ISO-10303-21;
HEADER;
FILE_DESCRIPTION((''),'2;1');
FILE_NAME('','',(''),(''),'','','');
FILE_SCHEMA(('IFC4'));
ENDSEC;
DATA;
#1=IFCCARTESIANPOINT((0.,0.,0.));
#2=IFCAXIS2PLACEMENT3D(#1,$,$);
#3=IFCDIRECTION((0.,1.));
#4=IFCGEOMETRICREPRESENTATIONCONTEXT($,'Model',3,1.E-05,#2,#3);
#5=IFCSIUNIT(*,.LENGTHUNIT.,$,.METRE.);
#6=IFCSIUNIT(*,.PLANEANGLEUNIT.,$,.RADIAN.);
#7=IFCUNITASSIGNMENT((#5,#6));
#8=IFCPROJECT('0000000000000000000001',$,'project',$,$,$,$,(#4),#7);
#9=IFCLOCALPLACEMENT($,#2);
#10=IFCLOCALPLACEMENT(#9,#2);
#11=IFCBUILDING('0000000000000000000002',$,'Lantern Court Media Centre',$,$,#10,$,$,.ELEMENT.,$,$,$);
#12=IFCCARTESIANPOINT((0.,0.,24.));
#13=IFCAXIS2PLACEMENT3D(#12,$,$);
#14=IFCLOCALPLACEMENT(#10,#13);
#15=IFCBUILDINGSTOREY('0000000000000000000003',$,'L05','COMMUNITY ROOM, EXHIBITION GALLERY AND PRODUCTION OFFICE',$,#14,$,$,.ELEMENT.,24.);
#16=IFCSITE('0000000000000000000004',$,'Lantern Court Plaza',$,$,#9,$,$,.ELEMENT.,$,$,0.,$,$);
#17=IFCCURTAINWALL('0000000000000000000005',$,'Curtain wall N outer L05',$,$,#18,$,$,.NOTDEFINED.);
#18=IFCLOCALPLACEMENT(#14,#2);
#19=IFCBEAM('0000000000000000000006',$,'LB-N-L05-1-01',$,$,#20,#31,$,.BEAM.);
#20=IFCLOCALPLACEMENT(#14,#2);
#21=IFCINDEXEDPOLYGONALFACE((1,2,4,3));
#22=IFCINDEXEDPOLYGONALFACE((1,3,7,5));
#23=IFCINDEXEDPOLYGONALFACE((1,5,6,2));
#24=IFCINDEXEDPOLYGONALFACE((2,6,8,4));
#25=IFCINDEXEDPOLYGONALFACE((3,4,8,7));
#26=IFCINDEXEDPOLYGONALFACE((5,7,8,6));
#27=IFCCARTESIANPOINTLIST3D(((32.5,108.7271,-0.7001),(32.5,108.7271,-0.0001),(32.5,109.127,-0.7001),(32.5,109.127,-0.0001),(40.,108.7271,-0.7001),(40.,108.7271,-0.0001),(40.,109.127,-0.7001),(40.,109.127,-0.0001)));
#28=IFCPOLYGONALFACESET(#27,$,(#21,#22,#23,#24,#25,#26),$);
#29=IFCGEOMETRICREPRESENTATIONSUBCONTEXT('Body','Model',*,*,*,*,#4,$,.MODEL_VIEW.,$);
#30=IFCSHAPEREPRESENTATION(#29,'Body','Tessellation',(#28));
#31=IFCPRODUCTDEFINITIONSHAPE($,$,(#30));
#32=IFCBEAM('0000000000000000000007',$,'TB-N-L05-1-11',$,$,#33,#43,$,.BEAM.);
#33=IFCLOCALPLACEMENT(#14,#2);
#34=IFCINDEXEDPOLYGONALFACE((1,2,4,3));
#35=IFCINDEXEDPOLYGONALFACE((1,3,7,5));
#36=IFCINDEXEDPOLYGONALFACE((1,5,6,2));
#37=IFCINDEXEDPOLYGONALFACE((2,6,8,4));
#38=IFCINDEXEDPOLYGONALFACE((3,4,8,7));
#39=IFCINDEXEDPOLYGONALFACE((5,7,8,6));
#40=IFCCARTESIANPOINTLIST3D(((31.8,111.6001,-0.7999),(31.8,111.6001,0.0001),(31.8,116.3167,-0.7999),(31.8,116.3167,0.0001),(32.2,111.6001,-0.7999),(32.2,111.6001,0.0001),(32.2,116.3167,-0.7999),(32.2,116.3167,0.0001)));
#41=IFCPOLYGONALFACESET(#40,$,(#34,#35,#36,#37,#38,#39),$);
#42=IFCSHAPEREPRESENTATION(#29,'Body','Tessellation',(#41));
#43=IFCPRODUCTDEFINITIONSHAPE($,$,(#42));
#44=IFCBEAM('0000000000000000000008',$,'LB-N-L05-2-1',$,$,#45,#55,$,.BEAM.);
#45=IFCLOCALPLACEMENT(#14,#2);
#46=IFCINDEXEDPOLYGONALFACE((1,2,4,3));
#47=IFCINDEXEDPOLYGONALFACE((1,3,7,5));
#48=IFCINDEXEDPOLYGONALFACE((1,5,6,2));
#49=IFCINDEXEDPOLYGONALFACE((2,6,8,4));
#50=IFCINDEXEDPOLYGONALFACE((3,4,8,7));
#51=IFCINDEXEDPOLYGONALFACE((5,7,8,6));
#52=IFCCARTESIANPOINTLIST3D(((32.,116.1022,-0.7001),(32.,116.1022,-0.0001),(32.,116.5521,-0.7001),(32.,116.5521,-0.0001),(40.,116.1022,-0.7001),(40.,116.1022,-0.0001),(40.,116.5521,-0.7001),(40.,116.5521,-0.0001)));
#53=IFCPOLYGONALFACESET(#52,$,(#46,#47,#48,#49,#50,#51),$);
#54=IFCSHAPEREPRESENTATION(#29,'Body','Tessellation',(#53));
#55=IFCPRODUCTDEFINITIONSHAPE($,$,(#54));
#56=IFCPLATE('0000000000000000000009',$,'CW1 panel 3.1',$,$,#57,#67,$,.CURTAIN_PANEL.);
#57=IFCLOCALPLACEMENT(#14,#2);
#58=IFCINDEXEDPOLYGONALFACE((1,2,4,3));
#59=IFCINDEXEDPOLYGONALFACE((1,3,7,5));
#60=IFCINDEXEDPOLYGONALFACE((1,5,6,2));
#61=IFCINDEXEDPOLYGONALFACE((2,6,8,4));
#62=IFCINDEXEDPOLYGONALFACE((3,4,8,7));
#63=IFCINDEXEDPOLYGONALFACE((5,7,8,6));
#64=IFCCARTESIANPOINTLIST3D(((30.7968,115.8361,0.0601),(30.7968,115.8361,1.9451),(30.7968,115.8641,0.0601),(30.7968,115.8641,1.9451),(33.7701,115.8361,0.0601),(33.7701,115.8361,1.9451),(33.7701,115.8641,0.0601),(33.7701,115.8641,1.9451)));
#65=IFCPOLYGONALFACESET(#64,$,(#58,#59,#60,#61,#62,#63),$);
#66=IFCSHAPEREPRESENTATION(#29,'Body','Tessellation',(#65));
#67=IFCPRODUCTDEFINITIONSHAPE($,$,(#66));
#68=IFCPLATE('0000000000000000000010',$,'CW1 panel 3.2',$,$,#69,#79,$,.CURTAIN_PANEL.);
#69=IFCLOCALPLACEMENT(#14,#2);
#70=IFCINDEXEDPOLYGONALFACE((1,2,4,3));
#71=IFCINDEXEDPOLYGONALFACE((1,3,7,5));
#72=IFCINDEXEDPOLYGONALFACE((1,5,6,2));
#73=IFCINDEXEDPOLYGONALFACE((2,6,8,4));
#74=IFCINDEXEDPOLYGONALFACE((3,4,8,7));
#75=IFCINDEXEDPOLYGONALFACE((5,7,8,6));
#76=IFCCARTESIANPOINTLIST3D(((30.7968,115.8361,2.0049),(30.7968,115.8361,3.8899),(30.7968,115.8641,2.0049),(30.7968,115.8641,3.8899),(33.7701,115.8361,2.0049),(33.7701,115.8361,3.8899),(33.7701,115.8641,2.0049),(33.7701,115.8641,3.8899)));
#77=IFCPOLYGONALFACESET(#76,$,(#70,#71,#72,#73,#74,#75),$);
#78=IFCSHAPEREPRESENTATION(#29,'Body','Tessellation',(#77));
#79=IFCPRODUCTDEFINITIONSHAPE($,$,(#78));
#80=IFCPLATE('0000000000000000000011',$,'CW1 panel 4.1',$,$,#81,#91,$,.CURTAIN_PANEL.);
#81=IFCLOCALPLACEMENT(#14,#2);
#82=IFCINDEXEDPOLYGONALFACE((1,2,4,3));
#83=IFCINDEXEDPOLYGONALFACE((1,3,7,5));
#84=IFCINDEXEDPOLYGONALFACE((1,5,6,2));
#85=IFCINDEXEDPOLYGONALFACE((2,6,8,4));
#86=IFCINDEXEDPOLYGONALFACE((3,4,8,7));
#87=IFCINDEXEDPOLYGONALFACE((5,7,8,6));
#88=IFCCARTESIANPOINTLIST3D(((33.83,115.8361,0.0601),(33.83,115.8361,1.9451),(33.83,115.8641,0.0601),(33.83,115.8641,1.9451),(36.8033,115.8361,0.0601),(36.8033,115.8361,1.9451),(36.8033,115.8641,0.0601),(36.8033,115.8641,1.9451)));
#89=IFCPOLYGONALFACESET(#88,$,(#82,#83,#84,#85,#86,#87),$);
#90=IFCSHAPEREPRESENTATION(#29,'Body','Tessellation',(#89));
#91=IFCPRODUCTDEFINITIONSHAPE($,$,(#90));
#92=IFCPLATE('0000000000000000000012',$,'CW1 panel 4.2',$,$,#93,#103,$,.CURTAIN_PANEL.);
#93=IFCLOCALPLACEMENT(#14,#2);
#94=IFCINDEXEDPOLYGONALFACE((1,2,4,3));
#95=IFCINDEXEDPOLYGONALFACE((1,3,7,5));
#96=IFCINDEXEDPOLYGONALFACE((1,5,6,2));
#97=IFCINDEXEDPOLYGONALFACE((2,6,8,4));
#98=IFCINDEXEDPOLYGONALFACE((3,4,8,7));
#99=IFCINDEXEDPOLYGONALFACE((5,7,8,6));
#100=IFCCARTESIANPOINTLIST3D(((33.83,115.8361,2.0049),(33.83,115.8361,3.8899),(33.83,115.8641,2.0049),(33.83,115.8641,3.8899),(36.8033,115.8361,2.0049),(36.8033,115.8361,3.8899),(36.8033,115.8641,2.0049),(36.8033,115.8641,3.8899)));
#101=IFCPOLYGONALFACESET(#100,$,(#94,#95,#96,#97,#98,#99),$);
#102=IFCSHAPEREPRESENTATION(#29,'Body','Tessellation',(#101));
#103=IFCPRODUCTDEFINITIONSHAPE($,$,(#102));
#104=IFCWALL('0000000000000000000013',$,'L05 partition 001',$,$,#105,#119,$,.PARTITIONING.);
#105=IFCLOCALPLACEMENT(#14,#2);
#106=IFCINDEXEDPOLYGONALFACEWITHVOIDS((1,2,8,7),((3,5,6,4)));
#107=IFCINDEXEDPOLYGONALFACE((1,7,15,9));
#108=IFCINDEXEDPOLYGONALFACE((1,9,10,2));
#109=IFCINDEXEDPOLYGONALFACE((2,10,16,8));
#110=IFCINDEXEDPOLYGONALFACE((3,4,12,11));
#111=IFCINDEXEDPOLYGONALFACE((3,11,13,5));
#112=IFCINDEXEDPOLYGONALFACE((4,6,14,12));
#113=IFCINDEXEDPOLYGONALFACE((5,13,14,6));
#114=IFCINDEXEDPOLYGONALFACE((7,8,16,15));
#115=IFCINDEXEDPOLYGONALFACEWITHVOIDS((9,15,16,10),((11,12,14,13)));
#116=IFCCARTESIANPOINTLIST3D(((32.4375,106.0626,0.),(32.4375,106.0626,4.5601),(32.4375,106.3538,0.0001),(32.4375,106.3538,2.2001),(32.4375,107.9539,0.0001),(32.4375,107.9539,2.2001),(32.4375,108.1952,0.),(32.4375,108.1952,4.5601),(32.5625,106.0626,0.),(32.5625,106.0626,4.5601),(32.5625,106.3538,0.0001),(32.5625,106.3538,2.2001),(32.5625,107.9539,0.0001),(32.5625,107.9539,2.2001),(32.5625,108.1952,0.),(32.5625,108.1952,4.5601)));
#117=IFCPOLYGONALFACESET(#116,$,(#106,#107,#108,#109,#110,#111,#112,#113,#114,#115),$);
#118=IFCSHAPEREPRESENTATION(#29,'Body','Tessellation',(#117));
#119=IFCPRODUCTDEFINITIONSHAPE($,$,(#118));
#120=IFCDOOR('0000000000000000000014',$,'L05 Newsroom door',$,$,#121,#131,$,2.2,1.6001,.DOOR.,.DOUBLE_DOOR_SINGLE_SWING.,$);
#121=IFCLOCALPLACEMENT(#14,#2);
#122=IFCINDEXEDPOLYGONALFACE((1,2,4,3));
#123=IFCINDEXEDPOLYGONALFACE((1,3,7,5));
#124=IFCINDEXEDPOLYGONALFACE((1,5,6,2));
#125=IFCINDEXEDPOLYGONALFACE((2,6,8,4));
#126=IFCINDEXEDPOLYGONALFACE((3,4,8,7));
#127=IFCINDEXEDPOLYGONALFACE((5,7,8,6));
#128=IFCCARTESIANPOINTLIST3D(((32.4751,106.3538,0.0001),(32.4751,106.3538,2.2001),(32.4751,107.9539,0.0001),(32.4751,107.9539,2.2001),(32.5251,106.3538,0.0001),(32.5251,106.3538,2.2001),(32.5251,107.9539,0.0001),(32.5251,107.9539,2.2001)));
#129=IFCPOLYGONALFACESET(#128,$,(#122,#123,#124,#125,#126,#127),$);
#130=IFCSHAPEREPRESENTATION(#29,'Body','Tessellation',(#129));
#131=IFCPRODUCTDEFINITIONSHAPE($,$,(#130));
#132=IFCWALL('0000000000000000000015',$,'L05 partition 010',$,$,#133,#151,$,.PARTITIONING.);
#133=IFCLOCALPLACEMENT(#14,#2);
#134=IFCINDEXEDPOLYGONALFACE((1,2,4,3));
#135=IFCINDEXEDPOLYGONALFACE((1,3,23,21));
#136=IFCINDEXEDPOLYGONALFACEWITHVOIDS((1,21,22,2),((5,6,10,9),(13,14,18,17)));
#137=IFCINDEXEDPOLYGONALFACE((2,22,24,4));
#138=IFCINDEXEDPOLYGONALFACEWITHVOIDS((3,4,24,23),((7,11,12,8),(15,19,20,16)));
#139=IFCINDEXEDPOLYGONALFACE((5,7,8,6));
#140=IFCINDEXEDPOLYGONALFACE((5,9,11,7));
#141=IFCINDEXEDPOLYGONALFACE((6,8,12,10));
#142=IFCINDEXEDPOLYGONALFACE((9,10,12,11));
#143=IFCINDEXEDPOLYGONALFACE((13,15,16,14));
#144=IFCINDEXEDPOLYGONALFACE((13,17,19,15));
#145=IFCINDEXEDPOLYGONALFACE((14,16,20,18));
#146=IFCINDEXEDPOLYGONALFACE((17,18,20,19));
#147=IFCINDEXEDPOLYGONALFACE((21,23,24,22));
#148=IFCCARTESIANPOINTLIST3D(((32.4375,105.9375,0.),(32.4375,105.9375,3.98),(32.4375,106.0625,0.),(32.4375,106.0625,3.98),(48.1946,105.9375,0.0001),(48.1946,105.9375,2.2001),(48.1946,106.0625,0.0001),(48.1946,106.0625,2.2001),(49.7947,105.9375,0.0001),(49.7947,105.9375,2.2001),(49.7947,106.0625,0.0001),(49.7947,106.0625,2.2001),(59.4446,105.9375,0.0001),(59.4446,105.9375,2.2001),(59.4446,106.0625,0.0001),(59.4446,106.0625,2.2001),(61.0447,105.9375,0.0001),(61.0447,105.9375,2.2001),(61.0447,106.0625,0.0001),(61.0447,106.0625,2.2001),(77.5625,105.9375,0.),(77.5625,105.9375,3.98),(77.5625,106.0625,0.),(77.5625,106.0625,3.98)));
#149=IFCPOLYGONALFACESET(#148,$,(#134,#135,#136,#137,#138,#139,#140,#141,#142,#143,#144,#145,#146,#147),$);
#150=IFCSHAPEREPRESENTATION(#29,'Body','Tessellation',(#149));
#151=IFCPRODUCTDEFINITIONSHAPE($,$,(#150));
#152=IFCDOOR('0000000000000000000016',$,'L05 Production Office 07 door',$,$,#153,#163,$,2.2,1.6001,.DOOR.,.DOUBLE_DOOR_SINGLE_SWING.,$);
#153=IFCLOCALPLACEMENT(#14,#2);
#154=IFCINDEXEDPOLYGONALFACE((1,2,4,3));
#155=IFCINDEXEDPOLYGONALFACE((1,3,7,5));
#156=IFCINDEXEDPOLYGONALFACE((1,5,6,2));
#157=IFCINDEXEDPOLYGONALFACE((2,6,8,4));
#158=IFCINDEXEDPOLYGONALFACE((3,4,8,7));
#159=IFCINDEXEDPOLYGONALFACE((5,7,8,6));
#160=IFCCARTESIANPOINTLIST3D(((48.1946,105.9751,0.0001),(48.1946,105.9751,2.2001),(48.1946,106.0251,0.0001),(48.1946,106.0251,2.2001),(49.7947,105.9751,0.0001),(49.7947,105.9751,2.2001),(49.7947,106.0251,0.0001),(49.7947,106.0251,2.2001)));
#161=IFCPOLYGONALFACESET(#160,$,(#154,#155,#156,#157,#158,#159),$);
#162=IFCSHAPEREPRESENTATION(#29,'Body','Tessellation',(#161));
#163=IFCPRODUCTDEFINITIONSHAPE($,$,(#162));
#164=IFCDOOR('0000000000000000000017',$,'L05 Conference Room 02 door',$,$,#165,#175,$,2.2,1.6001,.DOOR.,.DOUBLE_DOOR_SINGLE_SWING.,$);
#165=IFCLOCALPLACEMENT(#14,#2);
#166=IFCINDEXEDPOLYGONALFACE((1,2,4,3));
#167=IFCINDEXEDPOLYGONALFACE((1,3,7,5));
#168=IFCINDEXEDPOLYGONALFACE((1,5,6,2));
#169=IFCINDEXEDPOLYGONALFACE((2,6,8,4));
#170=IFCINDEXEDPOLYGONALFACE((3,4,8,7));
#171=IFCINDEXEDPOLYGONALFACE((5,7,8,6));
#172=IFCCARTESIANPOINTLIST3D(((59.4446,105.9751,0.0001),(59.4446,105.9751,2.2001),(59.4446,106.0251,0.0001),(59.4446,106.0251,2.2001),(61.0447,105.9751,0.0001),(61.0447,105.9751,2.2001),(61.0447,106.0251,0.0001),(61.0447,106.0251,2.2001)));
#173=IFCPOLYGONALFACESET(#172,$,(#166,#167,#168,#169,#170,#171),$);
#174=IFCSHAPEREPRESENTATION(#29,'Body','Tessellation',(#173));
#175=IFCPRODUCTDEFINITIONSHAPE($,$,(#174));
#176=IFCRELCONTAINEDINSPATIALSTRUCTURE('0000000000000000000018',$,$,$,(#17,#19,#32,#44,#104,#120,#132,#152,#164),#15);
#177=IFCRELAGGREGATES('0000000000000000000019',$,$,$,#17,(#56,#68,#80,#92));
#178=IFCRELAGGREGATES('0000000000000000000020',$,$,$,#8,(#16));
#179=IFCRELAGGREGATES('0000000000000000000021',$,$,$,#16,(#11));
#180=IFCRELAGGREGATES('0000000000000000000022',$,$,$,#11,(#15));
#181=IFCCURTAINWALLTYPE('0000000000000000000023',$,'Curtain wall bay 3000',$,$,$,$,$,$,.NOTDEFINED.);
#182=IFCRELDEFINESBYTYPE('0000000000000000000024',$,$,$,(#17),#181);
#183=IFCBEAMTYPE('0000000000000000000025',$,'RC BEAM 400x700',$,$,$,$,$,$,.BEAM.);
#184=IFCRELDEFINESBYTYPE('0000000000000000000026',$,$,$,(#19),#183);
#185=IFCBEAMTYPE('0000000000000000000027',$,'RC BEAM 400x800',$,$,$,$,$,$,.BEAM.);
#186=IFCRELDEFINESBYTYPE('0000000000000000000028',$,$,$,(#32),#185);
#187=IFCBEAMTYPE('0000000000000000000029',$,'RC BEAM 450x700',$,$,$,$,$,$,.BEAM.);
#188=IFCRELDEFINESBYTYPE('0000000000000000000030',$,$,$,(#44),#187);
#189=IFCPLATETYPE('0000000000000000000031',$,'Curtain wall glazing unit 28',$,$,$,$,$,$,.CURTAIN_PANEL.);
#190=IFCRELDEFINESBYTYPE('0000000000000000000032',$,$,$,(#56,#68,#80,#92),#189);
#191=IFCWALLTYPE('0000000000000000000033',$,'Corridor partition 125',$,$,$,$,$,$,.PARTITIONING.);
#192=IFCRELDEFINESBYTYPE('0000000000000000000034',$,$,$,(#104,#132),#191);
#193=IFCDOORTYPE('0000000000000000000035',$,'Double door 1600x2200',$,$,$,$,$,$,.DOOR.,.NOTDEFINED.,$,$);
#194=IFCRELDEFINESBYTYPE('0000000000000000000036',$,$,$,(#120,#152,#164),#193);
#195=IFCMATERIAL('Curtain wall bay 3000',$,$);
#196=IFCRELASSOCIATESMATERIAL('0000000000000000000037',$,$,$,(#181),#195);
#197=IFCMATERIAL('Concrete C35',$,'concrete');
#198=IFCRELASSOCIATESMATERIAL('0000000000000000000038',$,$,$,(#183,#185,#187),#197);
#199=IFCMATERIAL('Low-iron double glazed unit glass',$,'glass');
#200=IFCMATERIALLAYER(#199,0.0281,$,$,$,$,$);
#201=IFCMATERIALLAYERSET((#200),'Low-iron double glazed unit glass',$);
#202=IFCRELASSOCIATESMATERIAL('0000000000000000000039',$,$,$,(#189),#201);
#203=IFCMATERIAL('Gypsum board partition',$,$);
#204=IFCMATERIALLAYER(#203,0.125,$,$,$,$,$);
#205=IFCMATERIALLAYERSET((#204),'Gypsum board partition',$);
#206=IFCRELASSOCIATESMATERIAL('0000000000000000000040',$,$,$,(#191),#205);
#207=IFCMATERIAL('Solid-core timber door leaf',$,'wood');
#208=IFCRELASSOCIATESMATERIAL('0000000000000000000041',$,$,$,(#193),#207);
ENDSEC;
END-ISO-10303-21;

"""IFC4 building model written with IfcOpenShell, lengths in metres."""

from ifc_helpers import new_model, si_unit, direction, frame, frame_2d, origin, origin_2d, place, context, subcontext, project, spatial, rectangle, extrude, material, layer, layer_set, material_profile, profile_set, type_object, element, fill, aggregate, save


model = new_model("IFC4")

# Units and contexts
model_context = context("Model", 3, precision=1e-05, world=origin(), true_north=direction((0.0, 1.0)))
body_context = subcontext(model_context, "Body", "Model", "MODEL_VIEW")
ifc_project = project(units=[si_unit("LENGTHUNIT", "METRE"), si_unit("PLANEANGLEUNIT", "RADIAN")], contexts=[model_context])

# Site, building, storey
site_placement = place(None, origin())
site = spatial("IfcSite", under=ifc_project, at=site_placement, Name="Lantern Court Plaza", CompositionType="ELEMENT", RefElevation=0.0)
building_placement = place(site_placement, origin())
building = spatial("IfcBuilding", under=site, at=building_placement, Name="Lantern Court Media Centre", CompositionType="ELEMENT")
storey_placement = place(building_placement, frame((0.0, 0.0, 24.0)))
storey = spatial("IfcBuildingStorey", under=building, at=storey_placement, Name="L05", Description="COMMUNITY ROOM, EXHIBITION GALLERY AND PRODUCTION OFFICE", CompositionType="ELEMENT", Elevation=24.0)

# Shared definitions
ifc_material_1 = material(Name="Concrete C35", Category="concrete")

# Curtain wall
ifc_material_2 = material(Name="Curtain wall bay 3000")
curtain_wall_type = type_object("IfcCurtainWallType", Name="Curtain wall bay 3000", PredefinedType="NOTDEFINED", material=ifc_material_2)
curtain_wall_placement = place(storey_placement, origin())
curtain_wall = element("IfcCurtainWall", 1, at=curtain_wall_placement, inside=storey, type_object=curtain_wall_type, Name="Curtain wall N outer L05", PredefinedType="NOTDEFINED")

# Beams
ifc_material_profile_1 = material_profile(ifc_material_1, rectangle(XDim=0.3999, YDim=0.7, at=origin_2d()), Name="RC 400x700")
ifc_profile_set_1 = profile_set([ifc_material_profile_1], Name="Concrete C35")
beam_type_1 = type_object("IfcBeamType", Name="RC BEAM 400x700", PredefinedType="BEAM", material=ifc_profile_set_1)
beam_1_placement = place(storey_placement, frame((32.5, 108.927, -0.3501), z_axis=(1.0, 0.0, 0.0), x_axis=(0.0, 1.0, 0.0)))
element("IfcBeam", 2, at=beam_1_placement, inside=storey, type_object=beam_type_1, Name="LB-N-L05-1-01", PredefinedType="BEAM", context=body_context, shape_type="SweptSolid", body=[
    extrude(rectangle(XDim=0.3999, YDim=0.7, at=origin_2d()), origin(), (0.0, 0.0, 1.0), 7.5),
])
ifc_material_profile_2 = material_profile(ifc_material_1, rectangle(XDim=0.3999, YDim=0.8, at=origin_2d()), Name="RC 400x800")
ifc_profile_set_2 = profile_set([ifc_material_profile_2], Name="Concrete C35")
beam_type_2 = type_object("IfcBeamType", Name="RC BEAM 400x800", PredefinedType="BEAM", material=ifc_profile_set_2)
beam_2_placement = place(storey_placement, frame((32.0, 111.6001, -0.3999), z_axis=(0.0, 1.0, 0.0), x_axis=(-1.0, 0.0, 0.0)))
element("IfcBeam", 3, at=beam_2_placement, inside=storey, type_object=beam_type_2, Name="TB-N-L05-1-11", PredefinedType="BEAM", context=body_context, shape_type="SweptSolid", body=[
    extrude(rectangle(XDim=0.3999, YDim=0.8, at=origin_2d()), origin(), (0.0, 0.0, 1.0), 4.7166),
])
ifc_material_profile_3 = material_profile(ifc_material_1, rectangle(XDim=0.45, YDim=0.7, at=origin_2d()), Name="RC 450x700")
ifc_profile_set_3 = profile_set([ifc_material_profile_3], Name="Concrete C35")
beam_type_3 = type_object("IfcBeamType", Name="RC BEAM 450x700", PredefinedType="BEAM", material=ifc_profile_set_3)
beam_3_placement = place(storey_placement, frame((32.0, 116.3271, -0.3501), z_axis=(1.0, 0.0, 0.0), x_axis=(0.0, 1.0, 0.0)))
element("IfcBeam", 4, at=beam_3_placement, inside=storey, type_object=beam_type_3, Name="LB-N-L05-2-1", PredefinedType="BEAM", context=body_context, shape_type="SweptSolid", body=[
    extrude(rectangle(XDim=0.45, YDim=0.7, at=origin_2d()), origin(), (0.0, 0.0, 1.0), 8.0),
])

# Plates
ifc_material_3 = material(Name="Low-iron double glazed unit glass", Category="glass")
ifc_layer_1 = layer(ifc_material_3, 0.0281)
ifc_layer_set_1 = layer_set([ifc_layer_1], Name="Low-iron double glazed unit glass")
plate_type = type_object("IfcPlateType", Name="Curtain wall glazing unit 28", PredefinedType="CURTAIN_PANEL", material=ifc_layer_set_1)
plate_1_placement = place(storey_placement, frame((32.2834, 115.8501, 0.0601), z_axis=(0.0, 0.0, 1.0), x_axis=(1.0, 0.0, 0.0)))
plate_1 = element("IfcPlate", 5, at=plate_1_placement, type_object=plate_type, Name="CW1 panel 3.1", PredefinedType="CURTAIN_PANEL", context=body_context, shape_type="SweptSolid", body=[
    extrude(rectangle(XDim=2.9734, YDim=0.0281, at=origin_2d()), origin(), (0.0, 0.0, 1.0), 1.885),
])
plate_2_placement = place(storey_placement, frame((32.2834, 115.8501, 2.0049), z_axis=(0.0, 0.0, 1.0), x_axis=(1.0, 0.0, 0.0)))
plate_2 = element("IfcPlate", 6, at=plate_2_placement, type_object=plate_type, Name="CW1 panel 3.2", PredefinedType="CURTAIN_PANEL", context=body_context, shape_type="SweptSolid", body=[
    extrude(rectangle(XDim=2.9734, YDim=0.0281, at=origin_2d()), origin(), (0.0, 0.0, 1.0), 1.885),
])
plate_3_placement = place(storey_placement, frame((35.3167, 115.8501, 0.0601), z_axis=(0.0, 0.0, 1.0), x_axis=(1.0, 0.0, 0.0)))
plate_3 = element("IfcPlate", 7, at=plate_3_placement, type_object=plate_type, Name="CW1 panel 4.1", PredefinedType="CURTAIN_PANEL", context=body_context, shape_type="SweptSolid", body=[
    extrude(rectangle(XDim=2.9734, YDim=0.0281, at=origin_2d()), origin(), (0.0, 0.0, 1.0), 1.885),
])
plate_4_placement = place(storey_placement, frame((35.3167, 115.8501, 2.0049), z_axis=(0.0, 0.0, 1.0), x_axis=(1.0, 0.0, 0.0)))
plate_4 = element("IfcPlate", 8, at=plate_4_placement, type_object=plate_type, Name="CW1 panel 4.2", PredefinedType="CURTAIN_PANEL", context=body_context, shape_type="SweptSolid", body=[
    extrude(rectangle(XDim=2.9734, YDim=0.0281, at=origin_2d()), origin(), (0.0, 0.0, 1.0), 1.885),
])
aggregate(curtain_wall, [plate_1, plate_2, plate_3, plate_4])

# Wall, opening, door
ifc_material_4 = material(Name="Gypsum board partition")
ifc_layer_2 = layer(ifc_material_4, 0.125)
ifc_layer_set_2 = layer_set([ifc_layer_2], Name="Gypsum board partition")
wall_type_1 = type_object("IfcWallType", Name="Corridor partition 125", PredefinedType="PARTITIONING", material=ifc_layer_set_2)
wall_1_placement = place(storey_placement, frame((32.5, 106.0625, 0.0), z_axis=(0.0, 0.0, 1.0), x_axis=(0.0, 1.0, 0.0)))
wall_1 = element("IfcWall", 9, at=wall_1_placement, inside=storey, type_object=wall_type_1, Name="L05 partition 001", PredefinedType="PARTITIONING", context=body_context, shape_type="SweptSolid", body=[
    extrude(rectangle(XDim=2.1326, YDim=0.125, at=frame_2d((1.0664, 0.0))), origin(), (0.0, 0.0, 1.0), 4.5601),
])
opening_1_placement = place(wall_1_placement, frame((0.2913, 0.0, 0.0)))
opening_1 = element("IfcOpeningElement", 10, at=opening_1_placement, cuts=wall_1, PredefinedType="OPENING", context=body_context, shape_type="SweptSolid", body=[
    extrude(rectangle(XDim=1.6001, YDim=2.2, at=frame_2d((0.8, 1.1001))), frame((0.0, 0.0725, 0.0), z_axis=(0.0, -1.0, 0.0), x_axis=(1.0, 0.0, 0.0)), (0.0, 0.0, 1.0), 0.145),
])
ifc_material_5 = material(Name="Solid-core timber door leaf", Category="wood")
door_type = type_object("IfcDoorType", Name="Double door 1600x2200", OperationType="NOTDEFINED", PredefinedType="DOOR", material=ifc_material_5)
door_1_placement = place(opening_1_placement, origin())
door_1 = element("IfcDoor", 11, at=door_1_placement, inside=storey, type_object=door_type, Name="L05 Newsroom door", OperationType="DOUBLE_DOOR_SINGLE_SWING", OverallHeight=2.2, OverallWidth=1.6001, PredefinedType="DOOR", context=body_context, shape_type="SweptSolid", body=[
    extrude(rectangle(XDim=1.6001, YDim=2.2, at=frame_2d((0.8, 1.1001))), frame((0.0, 0.0249, 0.0), z_axis=(0.0, -1.0, 0.0), x_axis=(1.0, 0.0, 0.0)), (0.0, 0.0, 1.0), 0.05),
])
fill(opening_1, door_1)

# Wall, openings, doors
wall_2_placement = place(storey_placement, frame((32.4375, 106.0, 0.0), z_axis=(0.0, 0.0, 1.0), x_axis=(1.0, 0.0, 0.0)))
wall_2 = element("IfcWall", 12, at=wall_2_placement, inside=storey, type_object=wall_type_1, Name="L05 partition 010", PredefinedType="PARTITIONING", context=body_context, shape_type="SweptSolid", body=[
    extrude(rectangle(XDim=45.125, YDim=0.125, at=frame_2d((22.5625, 0.0))), origin(), (0.0, 0.0, 1.0), 3.98),
])
opening_2_placement = place(wall_2_placement, frame((15.7571, 0.0, 0.0)))
opening_2 = element("IfcOpeningElement", 13, at=opening_2_placement, cuts=wall_2, PredefinedType="OPENING", context=body_context, shape_type="SweptSolid", body=[
    extrude(rectangle(XDim=1.6001, YDim=2.2, at=frame_2d((0.8, 1.1001))), frame((0.0, 0.0725, 0.0), z_axis=(0.0, -1.0, 0.0), x_axis=(1.0, 0.0, 0.0)), (0.0, 0.0, 1.0), 0.145),
])
opening_3_placement = place(wall_2_placement, frame((27.0071, 0.0, 0.0)))
opening_3 = element("IfcOpeningElement", 14, at=opening_3_placement, cuts=wall_2, PredefinedType="OPENING", context=body_context, shape_type="SweptSolid", body=[
    extrude(rectangle(XDim=1.6001, YDim=2.2, at=frame_2d((0.8, 1.1001))), frame((0.0, 0.0725, 0.0), z_axis=(0.0, -1.0, 0.0), x_axis=(1.0, 0.0, 0.0)), (0.0, 0.0, 1.0), 0.145),
])
door_2_placement = place(opening_2_placement, frame((1.6001, 0.0, 0.0), z_axis=(0.0, 0.0, 1.0), x_axis=(-1.0, 0.0, 0.0)))
door_2 = element("IfcDoor", 15, at=door_2_placement, inside=storey, type_object=door_type, Name="L05 Production Office 07 door", OperationType="DOUBLE_DOOR_SINGLE_SWING", OverallHeight=2.2, OverallWidth=1.6001, PredefinedType="DOOR", context=body_context, shape_type="SweptSolid", body=[
    extrude(rectangle(XDim=1.6001, YDim=2.2, at=frame_2d((0.8, 1.1001))), frame((0.0, 0.0249, 0.0), z_axis=(0.0, -1.0, 0.0), x_axis=(1.0, 0.0, 0.0)), (0.0, 0.0, 1.0), 0.05),
])
fill(opening_2, door_2)
door_3_placement = place(opening_3_placement, frame((1.6001, 0.0, 0.0), z_axis=(0.0, 0.0, 1.0), x_axis=(-1.0, 0.0, 0.0)))
door_3 = element("IfcDoor", 16, at=door_3_placement, inside=storey, type_object=door_type, Name="L05 Conference Room 02 door", OperationType="DOUBLE_DOOR_SINGLE_SWING", OverallHeight=2.2, OverallWidth=1.6001, PredefinedType="DOOR", context=body_context, shape_type="SweptSolid", body=[
    extrude(rectangle(XDim=1.6001, YDim=2.2, at=frame_2d((0.8, 1.1001))), frame((0.0, 0.0249, 0.0), z_axis=(0.0, -1.0, 0.0), x_axis=(1.0, 0.0, 0.0)), (0.0, 0.0, 1.0), 0.05),
])
fill(opening_3, door_3)

save(model, "model.ifc")
